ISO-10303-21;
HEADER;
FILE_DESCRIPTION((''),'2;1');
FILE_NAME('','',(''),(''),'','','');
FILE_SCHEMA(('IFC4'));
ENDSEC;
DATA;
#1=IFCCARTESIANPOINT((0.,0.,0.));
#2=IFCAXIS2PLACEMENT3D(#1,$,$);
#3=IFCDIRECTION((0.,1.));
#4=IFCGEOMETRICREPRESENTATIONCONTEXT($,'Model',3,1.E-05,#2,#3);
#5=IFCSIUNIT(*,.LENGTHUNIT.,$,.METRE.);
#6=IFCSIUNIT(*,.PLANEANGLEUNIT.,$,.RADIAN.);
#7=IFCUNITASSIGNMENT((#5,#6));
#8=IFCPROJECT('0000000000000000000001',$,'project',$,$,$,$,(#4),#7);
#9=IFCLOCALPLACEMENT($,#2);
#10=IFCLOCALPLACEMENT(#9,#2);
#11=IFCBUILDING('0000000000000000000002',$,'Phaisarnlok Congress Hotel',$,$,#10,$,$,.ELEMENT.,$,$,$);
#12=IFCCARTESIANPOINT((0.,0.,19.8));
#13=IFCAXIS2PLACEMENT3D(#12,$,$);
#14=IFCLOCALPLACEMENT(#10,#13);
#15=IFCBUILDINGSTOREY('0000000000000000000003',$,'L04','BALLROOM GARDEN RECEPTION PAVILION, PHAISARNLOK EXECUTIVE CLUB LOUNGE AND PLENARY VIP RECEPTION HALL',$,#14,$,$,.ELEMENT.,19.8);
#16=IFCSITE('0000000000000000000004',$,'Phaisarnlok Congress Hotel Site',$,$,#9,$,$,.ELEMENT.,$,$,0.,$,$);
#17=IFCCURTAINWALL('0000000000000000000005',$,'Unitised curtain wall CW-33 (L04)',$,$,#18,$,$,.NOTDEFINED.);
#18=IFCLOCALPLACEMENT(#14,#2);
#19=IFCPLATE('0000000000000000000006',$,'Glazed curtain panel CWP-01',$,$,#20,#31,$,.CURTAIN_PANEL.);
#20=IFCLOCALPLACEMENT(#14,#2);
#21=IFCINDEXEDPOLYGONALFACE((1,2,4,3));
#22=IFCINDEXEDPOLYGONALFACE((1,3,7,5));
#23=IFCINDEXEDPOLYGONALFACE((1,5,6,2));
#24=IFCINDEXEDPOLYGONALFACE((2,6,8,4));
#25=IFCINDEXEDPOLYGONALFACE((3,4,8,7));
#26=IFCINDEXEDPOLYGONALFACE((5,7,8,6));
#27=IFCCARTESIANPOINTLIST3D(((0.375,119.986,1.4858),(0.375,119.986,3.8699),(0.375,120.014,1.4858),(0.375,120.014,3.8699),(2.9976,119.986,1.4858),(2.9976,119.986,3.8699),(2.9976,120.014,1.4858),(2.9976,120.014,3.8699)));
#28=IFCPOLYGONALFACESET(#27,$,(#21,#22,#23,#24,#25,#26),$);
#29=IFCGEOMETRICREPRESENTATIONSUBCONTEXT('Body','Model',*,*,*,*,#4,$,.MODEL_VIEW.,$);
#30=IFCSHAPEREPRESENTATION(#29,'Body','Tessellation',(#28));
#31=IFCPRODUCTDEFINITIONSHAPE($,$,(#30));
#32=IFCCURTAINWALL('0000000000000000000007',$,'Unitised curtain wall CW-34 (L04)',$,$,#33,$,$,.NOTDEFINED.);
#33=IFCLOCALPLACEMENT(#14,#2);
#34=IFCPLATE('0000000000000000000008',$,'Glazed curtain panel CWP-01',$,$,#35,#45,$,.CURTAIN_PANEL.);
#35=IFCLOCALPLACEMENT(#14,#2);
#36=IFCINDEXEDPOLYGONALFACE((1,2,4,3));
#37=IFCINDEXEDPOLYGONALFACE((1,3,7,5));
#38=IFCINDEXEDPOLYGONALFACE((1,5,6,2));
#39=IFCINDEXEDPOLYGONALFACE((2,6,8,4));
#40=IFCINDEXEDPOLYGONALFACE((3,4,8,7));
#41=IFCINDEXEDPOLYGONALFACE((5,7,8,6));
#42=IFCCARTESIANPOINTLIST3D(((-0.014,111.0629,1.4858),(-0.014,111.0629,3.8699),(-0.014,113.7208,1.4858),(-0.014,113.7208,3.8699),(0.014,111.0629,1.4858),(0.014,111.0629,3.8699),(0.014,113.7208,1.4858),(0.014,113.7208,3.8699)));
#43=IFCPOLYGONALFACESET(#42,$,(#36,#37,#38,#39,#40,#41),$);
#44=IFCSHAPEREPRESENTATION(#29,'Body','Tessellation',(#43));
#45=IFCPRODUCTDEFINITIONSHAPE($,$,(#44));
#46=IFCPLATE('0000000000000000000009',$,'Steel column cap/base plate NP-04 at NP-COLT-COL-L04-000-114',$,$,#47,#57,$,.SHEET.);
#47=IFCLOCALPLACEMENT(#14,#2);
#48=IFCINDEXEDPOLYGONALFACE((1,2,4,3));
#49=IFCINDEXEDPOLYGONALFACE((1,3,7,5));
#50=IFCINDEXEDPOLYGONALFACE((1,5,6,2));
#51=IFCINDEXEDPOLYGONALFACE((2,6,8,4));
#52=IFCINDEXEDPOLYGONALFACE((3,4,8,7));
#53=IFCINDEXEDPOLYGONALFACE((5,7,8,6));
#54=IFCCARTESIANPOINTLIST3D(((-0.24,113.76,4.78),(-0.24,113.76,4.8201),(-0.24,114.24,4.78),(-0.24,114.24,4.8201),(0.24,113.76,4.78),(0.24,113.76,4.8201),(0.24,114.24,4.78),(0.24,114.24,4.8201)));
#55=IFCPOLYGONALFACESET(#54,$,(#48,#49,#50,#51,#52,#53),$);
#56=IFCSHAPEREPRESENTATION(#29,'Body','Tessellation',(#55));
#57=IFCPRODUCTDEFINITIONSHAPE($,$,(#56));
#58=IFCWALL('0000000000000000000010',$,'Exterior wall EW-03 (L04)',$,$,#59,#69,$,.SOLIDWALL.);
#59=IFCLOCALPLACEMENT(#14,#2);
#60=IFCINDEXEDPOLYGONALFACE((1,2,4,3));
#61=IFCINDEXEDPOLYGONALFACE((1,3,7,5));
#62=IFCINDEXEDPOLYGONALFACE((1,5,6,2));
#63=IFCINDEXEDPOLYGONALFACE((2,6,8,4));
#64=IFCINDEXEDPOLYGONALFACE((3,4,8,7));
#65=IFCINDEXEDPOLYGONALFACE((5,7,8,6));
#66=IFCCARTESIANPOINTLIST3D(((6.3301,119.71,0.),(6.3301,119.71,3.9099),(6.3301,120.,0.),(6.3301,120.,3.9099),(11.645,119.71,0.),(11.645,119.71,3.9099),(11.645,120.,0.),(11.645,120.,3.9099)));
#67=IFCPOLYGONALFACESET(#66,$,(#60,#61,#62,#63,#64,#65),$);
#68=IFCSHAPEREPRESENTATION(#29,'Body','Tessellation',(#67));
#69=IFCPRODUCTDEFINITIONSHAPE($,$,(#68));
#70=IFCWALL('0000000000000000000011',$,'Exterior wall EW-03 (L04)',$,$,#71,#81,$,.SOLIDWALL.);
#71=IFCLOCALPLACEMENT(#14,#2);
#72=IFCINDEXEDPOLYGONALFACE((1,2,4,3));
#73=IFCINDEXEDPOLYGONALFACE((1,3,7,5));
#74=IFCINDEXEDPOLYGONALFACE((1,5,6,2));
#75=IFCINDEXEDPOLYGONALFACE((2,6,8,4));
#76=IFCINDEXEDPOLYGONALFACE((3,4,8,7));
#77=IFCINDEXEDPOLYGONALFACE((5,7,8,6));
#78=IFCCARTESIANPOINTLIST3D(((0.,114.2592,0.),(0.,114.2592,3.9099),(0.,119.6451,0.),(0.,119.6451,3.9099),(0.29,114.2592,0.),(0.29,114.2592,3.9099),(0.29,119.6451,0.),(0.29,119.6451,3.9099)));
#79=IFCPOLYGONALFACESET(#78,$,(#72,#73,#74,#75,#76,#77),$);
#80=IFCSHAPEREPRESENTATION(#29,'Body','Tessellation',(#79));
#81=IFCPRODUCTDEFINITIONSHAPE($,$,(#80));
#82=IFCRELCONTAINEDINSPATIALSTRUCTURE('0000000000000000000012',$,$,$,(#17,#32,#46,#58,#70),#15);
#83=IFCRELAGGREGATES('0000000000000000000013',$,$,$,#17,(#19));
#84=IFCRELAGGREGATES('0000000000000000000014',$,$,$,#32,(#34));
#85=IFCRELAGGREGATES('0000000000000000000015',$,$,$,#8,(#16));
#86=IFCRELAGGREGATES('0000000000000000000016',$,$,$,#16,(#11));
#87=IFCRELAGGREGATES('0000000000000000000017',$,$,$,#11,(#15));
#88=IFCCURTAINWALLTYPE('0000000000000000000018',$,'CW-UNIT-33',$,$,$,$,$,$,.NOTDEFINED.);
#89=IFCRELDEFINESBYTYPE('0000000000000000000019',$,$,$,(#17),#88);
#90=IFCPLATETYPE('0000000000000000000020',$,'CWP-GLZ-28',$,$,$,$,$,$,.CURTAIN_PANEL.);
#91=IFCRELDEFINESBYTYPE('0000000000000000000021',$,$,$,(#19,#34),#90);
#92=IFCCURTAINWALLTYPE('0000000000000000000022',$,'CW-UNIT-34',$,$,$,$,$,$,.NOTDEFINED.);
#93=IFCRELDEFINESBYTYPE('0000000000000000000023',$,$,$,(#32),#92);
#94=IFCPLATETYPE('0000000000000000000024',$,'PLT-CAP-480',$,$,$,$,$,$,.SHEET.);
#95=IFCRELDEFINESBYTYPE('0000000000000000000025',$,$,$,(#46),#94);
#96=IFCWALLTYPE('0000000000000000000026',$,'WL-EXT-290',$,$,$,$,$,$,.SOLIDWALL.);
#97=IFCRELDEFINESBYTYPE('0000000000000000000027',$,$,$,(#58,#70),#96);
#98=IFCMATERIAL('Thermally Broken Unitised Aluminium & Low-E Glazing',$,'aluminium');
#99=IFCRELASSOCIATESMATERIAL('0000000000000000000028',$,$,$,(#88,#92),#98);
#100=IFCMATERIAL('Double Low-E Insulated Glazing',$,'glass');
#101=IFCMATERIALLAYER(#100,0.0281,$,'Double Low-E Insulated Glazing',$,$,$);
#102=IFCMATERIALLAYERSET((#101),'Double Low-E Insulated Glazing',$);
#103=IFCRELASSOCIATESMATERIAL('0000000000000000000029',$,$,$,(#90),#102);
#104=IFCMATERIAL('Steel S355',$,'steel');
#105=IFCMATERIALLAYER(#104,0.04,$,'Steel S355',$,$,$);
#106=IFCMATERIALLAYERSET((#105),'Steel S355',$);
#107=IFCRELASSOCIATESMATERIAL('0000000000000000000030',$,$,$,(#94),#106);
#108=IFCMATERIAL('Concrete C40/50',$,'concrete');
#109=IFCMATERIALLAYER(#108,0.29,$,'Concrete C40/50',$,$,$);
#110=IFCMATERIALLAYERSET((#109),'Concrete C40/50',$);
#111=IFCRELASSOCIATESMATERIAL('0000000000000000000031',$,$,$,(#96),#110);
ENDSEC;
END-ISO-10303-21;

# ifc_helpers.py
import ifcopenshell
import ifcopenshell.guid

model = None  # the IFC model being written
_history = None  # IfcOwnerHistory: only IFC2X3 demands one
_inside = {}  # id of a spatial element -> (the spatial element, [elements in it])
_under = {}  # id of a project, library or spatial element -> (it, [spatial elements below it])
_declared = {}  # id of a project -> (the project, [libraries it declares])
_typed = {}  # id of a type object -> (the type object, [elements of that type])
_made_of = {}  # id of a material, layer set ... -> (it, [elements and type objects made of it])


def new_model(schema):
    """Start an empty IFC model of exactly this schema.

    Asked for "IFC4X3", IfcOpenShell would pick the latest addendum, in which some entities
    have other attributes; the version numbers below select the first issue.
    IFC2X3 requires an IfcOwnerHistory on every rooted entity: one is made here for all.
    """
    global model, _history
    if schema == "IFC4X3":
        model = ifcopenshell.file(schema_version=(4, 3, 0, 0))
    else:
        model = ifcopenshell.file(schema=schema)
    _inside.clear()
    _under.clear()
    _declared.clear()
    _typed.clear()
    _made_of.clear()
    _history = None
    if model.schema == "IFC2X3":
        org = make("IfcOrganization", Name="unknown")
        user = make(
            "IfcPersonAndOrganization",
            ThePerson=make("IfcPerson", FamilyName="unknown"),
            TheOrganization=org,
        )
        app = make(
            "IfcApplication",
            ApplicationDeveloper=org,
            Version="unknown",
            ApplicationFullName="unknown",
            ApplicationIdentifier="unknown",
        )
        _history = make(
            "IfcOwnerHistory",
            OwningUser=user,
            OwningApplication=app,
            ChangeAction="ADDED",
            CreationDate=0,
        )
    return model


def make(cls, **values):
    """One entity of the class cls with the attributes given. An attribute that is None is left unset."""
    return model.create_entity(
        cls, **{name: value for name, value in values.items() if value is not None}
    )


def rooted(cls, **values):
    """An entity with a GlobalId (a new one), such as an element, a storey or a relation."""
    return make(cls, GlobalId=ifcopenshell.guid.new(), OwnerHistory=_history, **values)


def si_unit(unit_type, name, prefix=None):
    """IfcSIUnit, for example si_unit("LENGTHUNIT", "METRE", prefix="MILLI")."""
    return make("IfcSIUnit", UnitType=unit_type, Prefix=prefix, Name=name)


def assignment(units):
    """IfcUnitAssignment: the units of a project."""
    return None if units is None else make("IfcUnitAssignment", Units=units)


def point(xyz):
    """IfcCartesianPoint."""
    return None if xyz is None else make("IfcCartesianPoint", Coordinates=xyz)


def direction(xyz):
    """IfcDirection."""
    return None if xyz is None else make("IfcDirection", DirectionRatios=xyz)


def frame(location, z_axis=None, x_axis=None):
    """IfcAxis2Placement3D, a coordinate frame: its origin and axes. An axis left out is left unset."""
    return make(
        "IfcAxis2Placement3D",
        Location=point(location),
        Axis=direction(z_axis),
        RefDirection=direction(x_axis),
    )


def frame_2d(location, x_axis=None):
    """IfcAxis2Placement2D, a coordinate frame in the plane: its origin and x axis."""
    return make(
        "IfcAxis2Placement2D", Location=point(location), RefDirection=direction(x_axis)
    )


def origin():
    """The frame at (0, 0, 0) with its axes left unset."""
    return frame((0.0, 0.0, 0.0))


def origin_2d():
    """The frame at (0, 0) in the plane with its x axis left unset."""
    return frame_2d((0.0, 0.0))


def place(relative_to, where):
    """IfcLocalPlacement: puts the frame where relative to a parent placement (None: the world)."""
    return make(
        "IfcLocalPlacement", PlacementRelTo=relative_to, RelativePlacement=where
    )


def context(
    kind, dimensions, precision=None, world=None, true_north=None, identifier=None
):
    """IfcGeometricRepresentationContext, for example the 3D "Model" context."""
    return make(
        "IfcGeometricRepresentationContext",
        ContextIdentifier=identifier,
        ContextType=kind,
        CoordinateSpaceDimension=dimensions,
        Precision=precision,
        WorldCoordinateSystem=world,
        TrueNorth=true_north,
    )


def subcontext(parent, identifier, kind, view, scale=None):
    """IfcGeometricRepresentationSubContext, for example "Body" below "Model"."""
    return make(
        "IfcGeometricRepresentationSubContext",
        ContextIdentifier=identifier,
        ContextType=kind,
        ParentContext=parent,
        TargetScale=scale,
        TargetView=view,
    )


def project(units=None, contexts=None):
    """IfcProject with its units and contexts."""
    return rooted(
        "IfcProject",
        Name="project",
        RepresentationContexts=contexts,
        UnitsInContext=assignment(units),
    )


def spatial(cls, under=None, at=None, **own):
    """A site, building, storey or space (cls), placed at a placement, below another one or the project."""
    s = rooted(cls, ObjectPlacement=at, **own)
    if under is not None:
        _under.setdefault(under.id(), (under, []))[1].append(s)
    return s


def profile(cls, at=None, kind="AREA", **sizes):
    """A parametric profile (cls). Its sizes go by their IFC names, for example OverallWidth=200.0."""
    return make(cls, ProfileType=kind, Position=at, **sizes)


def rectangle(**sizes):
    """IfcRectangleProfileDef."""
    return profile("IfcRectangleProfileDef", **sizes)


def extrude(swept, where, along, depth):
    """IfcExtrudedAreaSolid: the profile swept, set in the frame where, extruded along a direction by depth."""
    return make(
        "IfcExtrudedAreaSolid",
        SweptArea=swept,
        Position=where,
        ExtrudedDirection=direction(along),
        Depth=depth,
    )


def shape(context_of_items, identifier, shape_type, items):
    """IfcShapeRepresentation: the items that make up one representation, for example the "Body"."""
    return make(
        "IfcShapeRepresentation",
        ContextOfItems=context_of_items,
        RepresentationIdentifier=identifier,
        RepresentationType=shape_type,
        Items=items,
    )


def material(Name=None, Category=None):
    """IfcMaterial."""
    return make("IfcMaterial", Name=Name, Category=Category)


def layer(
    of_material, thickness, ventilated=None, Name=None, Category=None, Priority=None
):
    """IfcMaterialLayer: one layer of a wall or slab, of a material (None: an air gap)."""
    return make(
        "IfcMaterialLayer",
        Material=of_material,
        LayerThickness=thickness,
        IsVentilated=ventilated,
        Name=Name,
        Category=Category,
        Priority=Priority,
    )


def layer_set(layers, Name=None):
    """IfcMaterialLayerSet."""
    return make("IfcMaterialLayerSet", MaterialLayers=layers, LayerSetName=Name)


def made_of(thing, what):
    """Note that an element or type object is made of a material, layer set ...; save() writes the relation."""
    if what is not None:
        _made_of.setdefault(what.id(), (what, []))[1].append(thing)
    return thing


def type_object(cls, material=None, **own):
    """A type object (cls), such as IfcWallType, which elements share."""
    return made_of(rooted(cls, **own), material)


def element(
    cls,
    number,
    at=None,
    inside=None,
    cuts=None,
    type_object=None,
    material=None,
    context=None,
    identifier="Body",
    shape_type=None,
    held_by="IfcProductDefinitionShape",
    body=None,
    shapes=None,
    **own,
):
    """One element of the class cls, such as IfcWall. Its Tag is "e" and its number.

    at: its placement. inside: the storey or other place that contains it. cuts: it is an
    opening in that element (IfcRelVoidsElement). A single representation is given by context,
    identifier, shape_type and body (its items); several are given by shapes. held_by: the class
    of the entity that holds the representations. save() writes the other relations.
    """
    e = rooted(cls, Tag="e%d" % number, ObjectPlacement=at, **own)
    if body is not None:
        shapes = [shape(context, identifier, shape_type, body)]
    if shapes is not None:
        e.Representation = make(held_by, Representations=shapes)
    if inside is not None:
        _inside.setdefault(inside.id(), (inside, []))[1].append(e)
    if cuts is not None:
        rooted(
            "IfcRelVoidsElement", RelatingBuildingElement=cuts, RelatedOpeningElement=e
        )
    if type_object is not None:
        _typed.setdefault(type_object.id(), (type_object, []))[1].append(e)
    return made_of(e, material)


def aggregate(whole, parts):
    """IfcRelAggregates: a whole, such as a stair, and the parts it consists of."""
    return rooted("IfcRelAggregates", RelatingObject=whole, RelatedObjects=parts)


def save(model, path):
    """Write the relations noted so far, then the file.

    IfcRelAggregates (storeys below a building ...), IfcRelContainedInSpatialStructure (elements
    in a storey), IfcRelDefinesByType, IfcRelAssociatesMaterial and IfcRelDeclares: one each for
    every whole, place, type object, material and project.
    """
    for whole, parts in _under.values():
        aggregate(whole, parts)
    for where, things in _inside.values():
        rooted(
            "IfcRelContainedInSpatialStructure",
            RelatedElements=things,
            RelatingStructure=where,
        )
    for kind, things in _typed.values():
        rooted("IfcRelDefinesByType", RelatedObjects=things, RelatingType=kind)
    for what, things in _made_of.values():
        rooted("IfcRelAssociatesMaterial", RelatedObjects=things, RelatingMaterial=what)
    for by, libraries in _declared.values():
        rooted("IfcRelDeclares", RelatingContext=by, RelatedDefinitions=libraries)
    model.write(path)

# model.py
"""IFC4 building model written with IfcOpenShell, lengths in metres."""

from ifc_helpers import new_model, si_unit, direction, frame, frame_2d, origin, origin_2d, place, context, subcontext, project, spatial, rectangle, extrude, material, layer, layer_set, type_object, element, aggregate, save


model = new_model("IFC4")

# Units and contexts
model_context = context("Model", 3, precision=1e-05, world=origin(), true_north=direction((0.0, 1.0)))
body_context = subcontext(model_context, "Body", "Model", "MODEL_VIEW")
ifc_project = project(units=[si_unit("LENGTHUNIT", "METRE"), si_unit("PLANEANGLEUNIT", "RADIAN")], contexts=[model_context])

# Site, building, storey
site_placement = place(None, origin())
site = spatial("IfcSite", under=ifc_project, at=site_placement, Name="Phaisarnlok Congress Hotel Site", CompositionType="ELEMENT", RefElevation=0.0)
building_placement = place(site_placement, origin())
building = spatial("IfcBuilding", under=site, at=building_placement, Name="Phaisarnlok Congress Hotel", CompositionType="ELEMENT")
storey_placement = place(building_placement, frame((0.0, 0.0, 19.8)))
storey = spatial("IfcBuildingStorey", under=building, at=storey_placement, Name="L04", Description="BALLROOM GARDEN RECEPTION PAVILION, PHAISARNLOK EXECUTIVE CLUB LOUNGE AND PLENARY VIP RECEPTION HALL", CompositionType="ELEMENT", Elevation=19.8)

# Shared definitions
ifc_material_1 = material(Name="Steel S355", Category="steel")

# Curtain wall
ifc_material_2 = material(Name="Thermally Broken Unitised Aluminium & Low-E Glazing", Category="aluminium")
curtain_wall_type_1 = type_object("IfcCurtainWallType", Name="CW-UNIT-33", PredefinedType="NOTDEFINED", material=ifc_material_2)
curtain_wall_1_placement = place(storey_placement, origin())
curtain_wall_1 = element("IfcCurtainWall", 1, at=curtain_wall_1_placement, inside=storey, type_object=curtain_wall_type_1, Name="Unitised curtain wall CW-33 (L04)", PredefinedType="NOTDEFINED")

# Shared definitions
ifc_material_3 = material(Name="Concrete C40/50", Category="concrete")

# Plate
ifc_material_4 = material(Name="Double Low-E Insulated Glazing", Category="glass")
ifc_layer_1 = layer(ifc_material_4, 0.0281, Name="Double Low-E Insulated Glazing")
ifc_layer_set_1 = layer_set([ifc_layer_1], Name="Double Low-E Insulated Glazing")
plate_type_1 = type_object("IfcPlateType", Name="CWP-GLZ-28", PredefinedType="CURTAIN_PANEL", material=ifc_layer_set_1)
plate_1_placement = place(storey_placement, frame((2.9976, 120.0, 1.4858), z_axis=(0.0, 0.0, 1.0), x_axis=(-1.0, 0.0, 0.0)))
plate_1 = element("IfcPlate", 2, at=plate_1_placement, type_object=plate_type_1, Name="Glazed curtain panel CWP-01", PredefinedType="CURTAIN_PANEL", context=body_context, shape_type="SweptSolid", body=[
    extrude(rectangle(XDim=2.6226, YDim=0.0281, at=frame_2d((1.3113, 0.0))), origin(), (0.0, 0.0, 1.0), 2.384),
])
aggregate(curtain_wall_1, [plate_1])

# Curtain wall, plate
curtain_wall_type_2 = type_object("IfcCurtainWallType", Name="CW-UNIT-34", PredefinedType="NOTDEFINED", material=ifc_material_2)
curtain_wall_2_placement = place(storey_placement, origin())
curtain_wall_2 = element("IfcCurtainWall", 3, at=curtain_wall_2_placement, inside=storey, type_object=curtain_wall_type_2, Name="Unitised curtain wall CW-34 (L04)", PredefinedType="NOTDEFINED")
plate_2_placement = place(storey_placement, frame((0.0, 113.7209, 1.4858), z_axis=(0.0, 0.0, 1.0), x_axis=(0.0, -1.0, 0.0)))
plate_2 = element("IfcPlate", 4, at=plate_2_placement, type_object=plate_type_1, Name="Glazed curtain panel CWP-01", PredefinedType="CURTAIN_PANEL", context=body_context, shape_type="SweptSolid", body=[
    extrude(rectangle(XDim=2.658, YDim=0.0281, at=frame_2d((1.3291, 0.0))), origin(), (0.0, 0.0, 1.0), 2.384),
])
aggregate(curtain_wall_2, [plate_2])

# Plate
ifc_layer_2 = layer(ifc_material_1, 0.04, Name="Steel S355")
ifc_layer_set_2 = layer_set([ifc_layer_2], Name="Steel S355")
plate_type_2 = type_object("IfcPlateType", Name="PLT-CAP-480", PredefinedType="SHEET", material=ifc_layer_set_2)
plate_3_placement = place(storey_placement, frame((0.0, 114.0, 4.78), z_axis=(0.0, 0.0, 1.0), x_axis=(1.0, 0.0, 0.0)))
element("IfcPlate", 5, at=plate_3_placement, inside=storey, type_object=plate_type_2, Name="Steel column cap/base plate NP-04 at NP-COLT-COL-L04-000-114", PredefinedType="SHEET", context=body_context, shape_type="SweptSolid", body=[
    extrude(rectangle(XDim=0.48, YDim=0.48, at=origin_2d()), origin(), (0.0, 0.0, 1.0), 0.04),
])

# Walls
ifc_layer_3 = layer(ifc_material_3, 0.29, Name="Concrete C40/50")
ifc_layer_set_3 = layer_set([ifc_layer_3], Name="Concrete C40/50")
wall_type = type_object("IfcWallType", Name="WL-EXT-290", PredefinedType="SOLIDWALL", material=ifc_layer_set_3)
wall_1_placement = place(storey_placement, frame((11.645, 119.855, 0.0), z_axis=(0.0, 0.0, 1.0), x_axis=(-1.0, 0.0, 0.0)))
element("IfcWall", 6, at=wall_1_placement, inside=storey, type_object=wall_type, Name="Exterior wall EW-03 (L04)", PredefinedType="SOLIDWALL", context=body_context, shape_type="SweptSolid", body=[
    extrude(rectangle(XDim=5.3149, YDim=0.29, at=frame_2d((2.6575, 0.0))), origin(), (0.0, 0.0, 1.0), 3.9099),
])
wall_2_placement = place(storey_placement, frame((0.145, 119.645, 0.0), z_axis=(0.0, 0.0, 1.0), x_axis=(0.0, -1.0, 0.0)))
element("IfcWall", 7, at=wall_2_placement, inside=storey, type_object=wall_type, Name="Exterior wall EW-03 (L04)", PredefinedType="SOLIDWALL", context=body_context, shape_type="SweptSolid", body=[
    extrude(rectangle(XDim=5.386, YDim=0.29, at=frame_2d((2.6929, 0.0))), origin(), (0.0, 0.0, 1.0), 3.9099),
])

save(model, "model.ifc")
